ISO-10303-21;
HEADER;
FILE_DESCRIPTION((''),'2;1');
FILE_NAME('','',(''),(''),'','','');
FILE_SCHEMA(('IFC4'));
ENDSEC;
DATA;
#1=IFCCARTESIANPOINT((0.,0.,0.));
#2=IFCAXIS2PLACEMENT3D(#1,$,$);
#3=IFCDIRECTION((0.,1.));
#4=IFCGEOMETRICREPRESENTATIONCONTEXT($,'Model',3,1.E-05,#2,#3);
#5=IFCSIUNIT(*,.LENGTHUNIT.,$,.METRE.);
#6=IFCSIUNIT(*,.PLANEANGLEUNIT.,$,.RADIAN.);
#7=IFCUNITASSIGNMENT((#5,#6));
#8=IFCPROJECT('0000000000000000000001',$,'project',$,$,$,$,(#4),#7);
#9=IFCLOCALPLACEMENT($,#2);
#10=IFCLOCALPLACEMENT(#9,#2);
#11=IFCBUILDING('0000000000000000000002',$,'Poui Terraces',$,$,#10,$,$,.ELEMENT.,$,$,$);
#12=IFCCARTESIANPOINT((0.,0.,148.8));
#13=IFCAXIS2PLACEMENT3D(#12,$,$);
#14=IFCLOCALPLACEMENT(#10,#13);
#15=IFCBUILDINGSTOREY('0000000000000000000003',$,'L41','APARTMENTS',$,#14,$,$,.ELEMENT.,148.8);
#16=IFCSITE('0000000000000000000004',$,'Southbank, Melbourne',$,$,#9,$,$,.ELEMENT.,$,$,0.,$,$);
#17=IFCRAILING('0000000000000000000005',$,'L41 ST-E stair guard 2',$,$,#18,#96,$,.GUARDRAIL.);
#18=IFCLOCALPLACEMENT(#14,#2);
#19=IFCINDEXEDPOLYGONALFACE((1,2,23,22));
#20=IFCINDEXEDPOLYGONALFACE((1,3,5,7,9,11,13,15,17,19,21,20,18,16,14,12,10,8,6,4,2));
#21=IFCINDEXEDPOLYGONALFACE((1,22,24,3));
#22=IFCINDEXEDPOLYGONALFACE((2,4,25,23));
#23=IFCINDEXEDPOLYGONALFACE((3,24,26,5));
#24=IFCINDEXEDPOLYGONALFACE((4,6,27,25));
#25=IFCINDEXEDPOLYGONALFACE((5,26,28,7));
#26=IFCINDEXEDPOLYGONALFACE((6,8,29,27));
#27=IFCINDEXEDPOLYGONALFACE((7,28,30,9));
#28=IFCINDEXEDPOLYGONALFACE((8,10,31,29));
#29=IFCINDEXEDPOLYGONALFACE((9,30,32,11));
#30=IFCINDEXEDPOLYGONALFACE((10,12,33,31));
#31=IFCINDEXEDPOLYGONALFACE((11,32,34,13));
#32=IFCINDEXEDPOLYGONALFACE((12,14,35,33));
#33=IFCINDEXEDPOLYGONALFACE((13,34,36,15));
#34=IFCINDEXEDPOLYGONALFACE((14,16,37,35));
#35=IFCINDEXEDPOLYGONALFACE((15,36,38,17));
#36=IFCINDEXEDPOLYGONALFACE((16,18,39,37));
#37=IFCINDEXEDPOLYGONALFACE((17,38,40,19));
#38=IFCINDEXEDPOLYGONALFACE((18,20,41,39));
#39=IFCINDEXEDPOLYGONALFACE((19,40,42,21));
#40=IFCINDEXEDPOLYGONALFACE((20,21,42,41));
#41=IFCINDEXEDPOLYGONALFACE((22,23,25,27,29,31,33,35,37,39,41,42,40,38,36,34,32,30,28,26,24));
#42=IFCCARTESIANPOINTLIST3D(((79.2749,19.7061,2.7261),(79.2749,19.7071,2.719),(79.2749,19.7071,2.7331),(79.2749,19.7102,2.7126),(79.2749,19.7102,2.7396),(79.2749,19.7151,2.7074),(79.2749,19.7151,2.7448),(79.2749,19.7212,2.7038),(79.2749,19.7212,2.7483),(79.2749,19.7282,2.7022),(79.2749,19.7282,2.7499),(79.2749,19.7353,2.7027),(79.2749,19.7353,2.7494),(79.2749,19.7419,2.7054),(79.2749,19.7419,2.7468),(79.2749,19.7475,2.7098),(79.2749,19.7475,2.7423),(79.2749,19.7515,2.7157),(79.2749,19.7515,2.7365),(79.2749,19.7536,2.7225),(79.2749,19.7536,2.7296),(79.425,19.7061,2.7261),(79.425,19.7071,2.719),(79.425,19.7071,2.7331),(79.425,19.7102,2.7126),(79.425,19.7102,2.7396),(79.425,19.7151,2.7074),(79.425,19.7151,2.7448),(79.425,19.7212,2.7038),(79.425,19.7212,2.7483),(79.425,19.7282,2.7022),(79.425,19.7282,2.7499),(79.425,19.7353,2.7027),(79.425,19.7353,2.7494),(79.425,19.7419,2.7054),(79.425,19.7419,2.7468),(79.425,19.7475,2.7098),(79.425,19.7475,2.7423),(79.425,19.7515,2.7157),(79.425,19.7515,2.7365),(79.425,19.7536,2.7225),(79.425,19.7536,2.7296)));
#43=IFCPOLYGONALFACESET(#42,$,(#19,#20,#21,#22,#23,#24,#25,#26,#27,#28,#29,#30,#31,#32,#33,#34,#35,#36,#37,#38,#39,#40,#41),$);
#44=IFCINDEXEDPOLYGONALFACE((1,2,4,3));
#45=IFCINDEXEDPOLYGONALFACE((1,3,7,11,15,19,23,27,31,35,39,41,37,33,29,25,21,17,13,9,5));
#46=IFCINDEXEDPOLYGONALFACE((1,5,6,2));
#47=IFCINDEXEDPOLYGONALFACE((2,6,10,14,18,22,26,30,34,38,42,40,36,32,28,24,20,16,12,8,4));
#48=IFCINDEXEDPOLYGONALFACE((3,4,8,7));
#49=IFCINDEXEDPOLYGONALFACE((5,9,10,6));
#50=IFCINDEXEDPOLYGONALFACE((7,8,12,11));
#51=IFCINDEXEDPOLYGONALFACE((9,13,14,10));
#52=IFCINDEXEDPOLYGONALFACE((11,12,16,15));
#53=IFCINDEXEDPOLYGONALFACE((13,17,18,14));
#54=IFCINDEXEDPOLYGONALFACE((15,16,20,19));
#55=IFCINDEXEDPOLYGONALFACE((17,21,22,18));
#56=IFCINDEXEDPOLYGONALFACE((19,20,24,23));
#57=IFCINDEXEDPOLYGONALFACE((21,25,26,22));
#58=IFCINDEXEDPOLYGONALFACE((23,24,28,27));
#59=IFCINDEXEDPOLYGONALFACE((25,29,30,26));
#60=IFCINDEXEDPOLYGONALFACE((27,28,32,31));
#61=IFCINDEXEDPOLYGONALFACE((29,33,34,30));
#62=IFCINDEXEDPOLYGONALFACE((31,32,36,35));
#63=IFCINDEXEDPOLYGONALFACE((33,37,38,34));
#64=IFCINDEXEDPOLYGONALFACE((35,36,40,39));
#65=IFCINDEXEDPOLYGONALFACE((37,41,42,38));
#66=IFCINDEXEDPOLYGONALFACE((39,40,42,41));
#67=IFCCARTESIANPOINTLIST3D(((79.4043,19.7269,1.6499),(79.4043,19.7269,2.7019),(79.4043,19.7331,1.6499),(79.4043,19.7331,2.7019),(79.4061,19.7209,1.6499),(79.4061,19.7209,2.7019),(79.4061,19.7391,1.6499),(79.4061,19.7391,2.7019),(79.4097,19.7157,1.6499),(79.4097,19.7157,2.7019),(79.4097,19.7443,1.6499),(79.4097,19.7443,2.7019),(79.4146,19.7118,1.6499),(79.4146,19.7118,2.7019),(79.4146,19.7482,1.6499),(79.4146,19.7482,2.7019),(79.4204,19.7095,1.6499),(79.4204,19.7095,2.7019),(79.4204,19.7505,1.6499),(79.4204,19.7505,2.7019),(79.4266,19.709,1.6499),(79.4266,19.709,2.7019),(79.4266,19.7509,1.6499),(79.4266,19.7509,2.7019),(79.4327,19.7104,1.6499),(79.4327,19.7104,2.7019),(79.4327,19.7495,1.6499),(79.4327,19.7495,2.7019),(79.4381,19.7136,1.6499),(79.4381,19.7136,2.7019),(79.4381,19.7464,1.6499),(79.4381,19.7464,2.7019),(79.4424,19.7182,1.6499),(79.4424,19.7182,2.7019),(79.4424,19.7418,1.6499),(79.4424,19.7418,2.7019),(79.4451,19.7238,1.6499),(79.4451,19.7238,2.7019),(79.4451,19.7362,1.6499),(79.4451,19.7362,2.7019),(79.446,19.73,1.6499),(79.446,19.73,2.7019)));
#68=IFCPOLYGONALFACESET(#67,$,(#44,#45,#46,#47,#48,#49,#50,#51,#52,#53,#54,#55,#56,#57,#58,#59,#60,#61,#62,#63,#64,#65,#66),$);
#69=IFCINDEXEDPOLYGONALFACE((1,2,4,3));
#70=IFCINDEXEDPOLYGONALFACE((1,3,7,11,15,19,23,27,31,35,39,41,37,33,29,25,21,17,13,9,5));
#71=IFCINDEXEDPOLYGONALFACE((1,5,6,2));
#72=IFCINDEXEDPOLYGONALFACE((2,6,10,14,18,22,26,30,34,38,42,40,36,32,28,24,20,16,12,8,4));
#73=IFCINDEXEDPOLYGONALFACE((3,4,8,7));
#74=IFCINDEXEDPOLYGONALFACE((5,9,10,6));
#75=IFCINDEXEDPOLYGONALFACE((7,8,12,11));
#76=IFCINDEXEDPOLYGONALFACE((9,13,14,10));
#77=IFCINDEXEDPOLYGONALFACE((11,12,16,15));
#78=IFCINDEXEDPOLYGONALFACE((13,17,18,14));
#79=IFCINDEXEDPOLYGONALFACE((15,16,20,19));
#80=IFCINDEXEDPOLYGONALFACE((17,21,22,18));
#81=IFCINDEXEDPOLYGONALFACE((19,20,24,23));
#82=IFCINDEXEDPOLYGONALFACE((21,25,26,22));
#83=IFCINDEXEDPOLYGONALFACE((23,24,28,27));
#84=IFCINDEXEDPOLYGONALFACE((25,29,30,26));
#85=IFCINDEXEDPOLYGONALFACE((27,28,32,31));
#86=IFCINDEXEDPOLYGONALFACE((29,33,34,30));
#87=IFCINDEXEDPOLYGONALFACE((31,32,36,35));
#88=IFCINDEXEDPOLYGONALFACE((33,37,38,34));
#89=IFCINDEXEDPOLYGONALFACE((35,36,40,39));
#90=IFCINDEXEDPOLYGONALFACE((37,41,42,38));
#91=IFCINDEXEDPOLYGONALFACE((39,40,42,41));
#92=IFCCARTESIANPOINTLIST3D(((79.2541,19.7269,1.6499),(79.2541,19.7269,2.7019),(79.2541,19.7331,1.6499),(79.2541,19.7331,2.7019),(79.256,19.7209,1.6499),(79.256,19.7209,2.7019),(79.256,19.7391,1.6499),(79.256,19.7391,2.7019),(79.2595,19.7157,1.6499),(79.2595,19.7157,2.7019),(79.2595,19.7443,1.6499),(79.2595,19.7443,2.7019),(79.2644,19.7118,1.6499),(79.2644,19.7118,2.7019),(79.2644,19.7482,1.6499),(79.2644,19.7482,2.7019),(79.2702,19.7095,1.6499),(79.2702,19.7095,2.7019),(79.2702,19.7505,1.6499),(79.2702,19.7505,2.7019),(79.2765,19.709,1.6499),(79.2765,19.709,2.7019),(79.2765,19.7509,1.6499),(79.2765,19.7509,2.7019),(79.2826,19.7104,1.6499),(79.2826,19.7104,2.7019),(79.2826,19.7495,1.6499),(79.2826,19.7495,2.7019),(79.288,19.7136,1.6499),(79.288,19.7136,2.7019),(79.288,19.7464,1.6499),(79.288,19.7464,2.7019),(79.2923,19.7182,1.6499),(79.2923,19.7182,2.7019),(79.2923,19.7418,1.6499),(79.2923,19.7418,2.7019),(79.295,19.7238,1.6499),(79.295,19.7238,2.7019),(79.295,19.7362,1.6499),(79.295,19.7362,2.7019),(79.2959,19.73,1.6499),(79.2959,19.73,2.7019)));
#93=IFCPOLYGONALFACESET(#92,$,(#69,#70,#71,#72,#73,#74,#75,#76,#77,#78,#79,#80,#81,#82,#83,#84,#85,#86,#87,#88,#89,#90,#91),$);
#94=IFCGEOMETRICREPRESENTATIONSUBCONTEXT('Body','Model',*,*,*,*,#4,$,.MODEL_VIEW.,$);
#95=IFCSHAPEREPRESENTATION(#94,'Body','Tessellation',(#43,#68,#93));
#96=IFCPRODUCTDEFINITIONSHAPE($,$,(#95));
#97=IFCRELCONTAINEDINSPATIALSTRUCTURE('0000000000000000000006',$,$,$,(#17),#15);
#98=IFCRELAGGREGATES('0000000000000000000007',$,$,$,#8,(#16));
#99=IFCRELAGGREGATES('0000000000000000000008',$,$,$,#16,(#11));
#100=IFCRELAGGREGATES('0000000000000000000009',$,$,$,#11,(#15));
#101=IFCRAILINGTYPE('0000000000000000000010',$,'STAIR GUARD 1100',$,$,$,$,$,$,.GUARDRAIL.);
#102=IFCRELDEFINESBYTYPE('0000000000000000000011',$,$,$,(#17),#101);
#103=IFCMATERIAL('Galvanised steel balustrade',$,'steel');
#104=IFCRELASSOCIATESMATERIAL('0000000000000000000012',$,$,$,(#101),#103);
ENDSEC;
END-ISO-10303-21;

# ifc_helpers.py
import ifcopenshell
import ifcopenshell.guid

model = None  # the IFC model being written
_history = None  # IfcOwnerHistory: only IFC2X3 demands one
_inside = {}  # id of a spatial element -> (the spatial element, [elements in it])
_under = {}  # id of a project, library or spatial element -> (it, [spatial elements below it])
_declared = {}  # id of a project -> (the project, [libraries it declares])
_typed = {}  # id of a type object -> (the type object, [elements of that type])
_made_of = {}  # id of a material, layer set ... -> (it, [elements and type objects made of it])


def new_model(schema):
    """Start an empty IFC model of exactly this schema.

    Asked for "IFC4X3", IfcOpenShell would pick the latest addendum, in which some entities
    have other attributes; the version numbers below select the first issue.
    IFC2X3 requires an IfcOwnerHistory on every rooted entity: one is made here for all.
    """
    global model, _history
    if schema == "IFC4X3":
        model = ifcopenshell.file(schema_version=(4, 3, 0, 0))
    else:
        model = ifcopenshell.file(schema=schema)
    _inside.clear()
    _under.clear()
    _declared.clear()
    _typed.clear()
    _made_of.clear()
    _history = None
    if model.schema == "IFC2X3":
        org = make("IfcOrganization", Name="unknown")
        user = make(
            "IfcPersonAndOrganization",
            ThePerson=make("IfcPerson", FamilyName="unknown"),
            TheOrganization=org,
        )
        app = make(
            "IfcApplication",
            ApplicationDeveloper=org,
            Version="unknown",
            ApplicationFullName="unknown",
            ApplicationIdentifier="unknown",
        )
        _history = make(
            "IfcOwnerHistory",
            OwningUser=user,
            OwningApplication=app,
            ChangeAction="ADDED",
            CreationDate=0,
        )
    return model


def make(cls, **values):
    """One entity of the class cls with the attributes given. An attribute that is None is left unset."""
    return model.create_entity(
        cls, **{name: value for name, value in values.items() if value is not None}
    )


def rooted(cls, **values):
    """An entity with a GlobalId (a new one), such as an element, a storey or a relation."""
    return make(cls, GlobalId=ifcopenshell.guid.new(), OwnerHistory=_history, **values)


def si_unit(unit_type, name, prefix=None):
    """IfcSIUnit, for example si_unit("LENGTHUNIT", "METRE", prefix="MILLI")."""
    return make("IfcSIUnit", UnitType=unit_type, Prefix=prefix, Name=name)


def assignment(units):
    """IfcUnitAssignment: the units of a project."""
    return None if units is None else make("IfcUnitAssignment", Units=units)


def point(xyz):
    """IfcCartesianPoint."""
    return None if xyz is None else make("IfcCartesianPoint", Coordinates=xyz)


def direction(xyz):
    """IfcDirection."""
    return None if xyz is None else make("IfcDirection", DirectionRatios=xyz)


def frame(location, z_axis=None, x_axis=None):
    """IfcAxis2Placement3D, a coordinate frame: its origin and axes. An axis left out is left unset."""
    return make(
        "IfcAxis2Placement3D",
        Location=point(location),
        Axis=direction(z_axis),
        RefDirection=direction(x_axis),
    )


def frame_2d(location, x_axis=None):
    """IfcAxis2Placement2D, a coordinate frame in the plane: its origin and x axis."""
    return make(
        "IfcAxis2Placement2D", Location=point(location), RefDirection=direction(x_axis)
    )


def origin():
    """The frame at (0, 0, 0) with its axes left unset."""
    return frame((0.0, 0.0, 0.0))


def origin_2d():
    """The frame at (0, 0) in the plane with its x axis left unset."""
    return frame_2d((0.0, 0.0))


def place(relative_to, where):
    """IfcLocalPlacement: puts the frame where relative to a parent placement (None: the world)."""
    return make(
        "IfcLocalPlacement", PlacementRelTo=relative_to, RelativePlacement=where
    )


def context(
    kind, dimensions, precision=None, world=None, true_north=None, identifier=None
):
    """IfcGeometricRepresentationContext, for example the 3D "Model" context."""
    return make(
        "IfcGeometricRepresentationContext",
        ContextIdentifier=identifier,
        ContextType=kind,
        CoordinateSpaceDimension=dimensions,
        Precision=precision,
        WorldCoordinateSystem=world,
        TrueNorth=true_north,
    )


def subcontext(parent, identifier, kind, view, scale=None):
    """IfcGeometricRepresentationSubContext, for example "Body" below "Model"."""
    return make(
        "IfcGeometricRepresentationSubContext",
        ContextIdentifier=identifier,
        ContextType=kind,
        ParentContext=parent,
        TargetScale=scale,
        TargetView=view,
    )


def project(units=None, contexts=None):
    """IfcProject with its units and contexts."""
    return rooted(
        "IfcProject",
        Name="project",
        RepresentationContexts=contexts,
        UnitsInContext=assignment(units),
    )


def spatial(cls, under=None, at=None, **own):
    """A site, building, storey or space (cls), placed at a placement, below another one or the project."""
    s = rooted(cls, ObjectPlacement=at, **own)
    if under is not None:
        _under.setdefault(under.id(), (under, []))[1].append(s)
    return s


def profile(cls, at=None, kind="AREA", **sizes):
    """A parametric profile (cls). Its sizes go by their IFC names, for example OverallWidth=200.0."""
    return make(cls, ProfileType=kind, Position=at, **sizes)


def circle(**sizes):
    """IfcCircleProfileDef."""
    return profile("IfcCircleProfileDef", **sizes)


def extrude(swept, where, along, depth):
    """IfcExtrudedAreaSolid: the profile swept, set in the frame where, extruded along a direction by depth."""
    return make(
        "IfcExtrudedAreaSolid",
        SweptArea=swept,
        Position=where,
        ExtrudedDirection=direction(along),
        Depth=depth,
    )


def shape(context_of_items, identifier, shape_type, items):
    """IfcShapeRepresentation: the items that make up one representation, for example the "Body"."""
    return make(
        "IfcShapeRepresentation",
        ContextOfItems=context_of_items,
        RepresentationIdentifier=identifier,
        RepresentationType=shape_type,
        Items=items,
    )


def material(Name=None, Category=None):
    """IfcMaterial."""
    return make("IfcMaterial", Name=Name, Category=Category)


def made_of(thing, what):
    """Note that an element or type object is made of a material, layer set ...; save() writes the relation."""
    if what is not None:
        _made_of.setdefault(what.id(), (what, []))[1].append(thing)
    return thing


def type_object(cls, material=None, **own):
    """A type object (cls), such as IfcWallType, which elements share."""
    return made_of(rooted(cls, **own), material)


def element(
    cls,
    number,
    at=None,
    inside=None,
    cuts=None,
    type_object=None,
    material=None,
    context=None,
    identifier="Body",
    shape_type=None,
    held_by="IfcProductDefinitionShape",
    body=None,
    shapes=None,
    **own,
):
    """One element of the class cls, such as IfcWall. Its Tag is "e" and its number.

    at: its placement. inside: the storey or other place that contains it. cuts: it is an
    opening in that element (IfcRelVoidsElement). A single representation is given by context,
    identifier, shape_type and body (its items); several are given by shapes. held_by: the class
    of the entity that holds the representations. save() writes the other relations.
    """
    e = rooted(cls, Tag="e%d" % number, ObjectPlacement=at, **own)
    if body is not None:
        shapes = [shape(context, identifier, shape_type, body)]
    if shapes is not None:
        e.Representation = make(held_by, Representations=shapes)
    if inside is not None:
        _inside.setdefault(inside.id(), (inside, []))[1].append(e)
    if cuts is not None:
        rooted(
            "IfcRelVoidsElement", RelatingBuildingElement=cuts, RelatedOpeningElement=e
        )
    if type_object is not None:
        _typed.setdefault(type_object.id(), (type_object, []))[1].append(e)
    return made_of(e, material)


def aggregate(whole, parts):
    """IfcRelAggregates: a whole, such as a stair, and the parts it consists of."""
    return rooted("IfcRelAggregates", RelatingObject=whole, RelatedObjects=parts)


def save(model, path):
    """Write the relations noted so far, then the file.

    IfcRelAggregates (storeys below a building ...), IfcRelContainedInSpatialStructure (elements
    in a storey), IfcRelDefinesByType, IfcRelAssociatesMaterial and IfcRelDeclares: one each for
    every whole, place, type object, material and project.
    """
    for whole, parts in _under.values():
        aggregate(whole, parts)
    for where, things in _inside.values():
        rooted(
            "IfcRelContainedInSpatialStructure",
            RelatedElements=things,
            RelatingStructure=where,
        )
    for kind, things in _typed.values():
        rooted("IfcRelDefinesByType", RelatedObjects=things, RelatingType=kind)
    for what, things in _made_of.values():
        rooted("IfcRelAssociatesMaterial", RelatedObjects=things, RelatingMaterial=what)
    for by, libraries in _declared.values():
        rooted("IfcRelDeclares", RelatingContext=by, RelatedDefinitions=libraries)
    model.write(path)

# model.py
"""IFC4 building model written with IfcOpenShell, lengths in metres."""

from ifc_helpers import new_model, si_unit, direction, frame, origin, origin_2d, place, context, subcontext, project, spatial, circle, extrude, material, type_object, element, save


model = new_model("IFC4")

# Units and contexts
model_context = context("Model", 3, precision=1e-05, world=origin(), true_north=direction((0.0, 1.0)))
body_context = subcontext(model_context, "Body", "Model", "MODEL_VIEW")
ifc_project = project(units=[si_unit("LENGTHUNIT", "METRE"), si_unit("PLANEANGLEUNIT", "RADIAN")], contexts=[model_context])

# Site, building, storey
site_placement = place(None, origin())
site = spatial("IfcSite", under=ifc_project, at=site_placement, Name="Southbank, Melbourne", CompositionType="ELEMENT", RefElevation=0.0)
building_placement = place(site_placement, origin())
building = spatial("IfcBuilding", under=site, at=building_placement, Name="Poui Terraces", CompositionType="ELEMENT")
storey_placement = place(building_placement, frame((0.0, 0.0, 148.8)))
storey = spatial("IfcBuildingStorey", under=building, at=storey_placement, Name="L41", Description="APARTMENTS", CompositionType="ELEMENT", Elevation=148.8)

# Railing
ifc_material_1 = material(Name="Galvanised steel balustrade", Category="steel")
railing_type_1 = type_object("IfcRailingType", Name="STAIR GUARD 1100", PredefinedType="GUARDRAIL", material=ifc_material_1)
railing_1_placement = place(storey_placement, frame((79.425, 19.73, 1.6499)))
element("IfcRailing", 1, at=railing_1_placement, inside=storey, type_object=railing_type_1, Name="L41 ST-E stair guard 2", PredefinedType="GUARDRAIL", context=body_context, shape_type="SweptSolid", body=[
    extrude(circle(Radius=0.0239, at=origin_2d()), frame((0.0, 0.0, 1.0762), z_axis=(-1.0, 0.0, 0.0), x_axis=(0.0, -1.0, 0.0)), (0.0, 0.0, 1.0), 0.1501),
    extrude(circle(Radius=0.021, at=origin_2d()), origin(), (0.0, 0.0, 1.0), 1.052),
    extrude(circle(Radius=0.021, at=origin_2d()), frame((-0.1501, 0.0, 0.0)), (0.0, 0.0, 1.0), 1.052),
])

save(model, "model.ifc")
